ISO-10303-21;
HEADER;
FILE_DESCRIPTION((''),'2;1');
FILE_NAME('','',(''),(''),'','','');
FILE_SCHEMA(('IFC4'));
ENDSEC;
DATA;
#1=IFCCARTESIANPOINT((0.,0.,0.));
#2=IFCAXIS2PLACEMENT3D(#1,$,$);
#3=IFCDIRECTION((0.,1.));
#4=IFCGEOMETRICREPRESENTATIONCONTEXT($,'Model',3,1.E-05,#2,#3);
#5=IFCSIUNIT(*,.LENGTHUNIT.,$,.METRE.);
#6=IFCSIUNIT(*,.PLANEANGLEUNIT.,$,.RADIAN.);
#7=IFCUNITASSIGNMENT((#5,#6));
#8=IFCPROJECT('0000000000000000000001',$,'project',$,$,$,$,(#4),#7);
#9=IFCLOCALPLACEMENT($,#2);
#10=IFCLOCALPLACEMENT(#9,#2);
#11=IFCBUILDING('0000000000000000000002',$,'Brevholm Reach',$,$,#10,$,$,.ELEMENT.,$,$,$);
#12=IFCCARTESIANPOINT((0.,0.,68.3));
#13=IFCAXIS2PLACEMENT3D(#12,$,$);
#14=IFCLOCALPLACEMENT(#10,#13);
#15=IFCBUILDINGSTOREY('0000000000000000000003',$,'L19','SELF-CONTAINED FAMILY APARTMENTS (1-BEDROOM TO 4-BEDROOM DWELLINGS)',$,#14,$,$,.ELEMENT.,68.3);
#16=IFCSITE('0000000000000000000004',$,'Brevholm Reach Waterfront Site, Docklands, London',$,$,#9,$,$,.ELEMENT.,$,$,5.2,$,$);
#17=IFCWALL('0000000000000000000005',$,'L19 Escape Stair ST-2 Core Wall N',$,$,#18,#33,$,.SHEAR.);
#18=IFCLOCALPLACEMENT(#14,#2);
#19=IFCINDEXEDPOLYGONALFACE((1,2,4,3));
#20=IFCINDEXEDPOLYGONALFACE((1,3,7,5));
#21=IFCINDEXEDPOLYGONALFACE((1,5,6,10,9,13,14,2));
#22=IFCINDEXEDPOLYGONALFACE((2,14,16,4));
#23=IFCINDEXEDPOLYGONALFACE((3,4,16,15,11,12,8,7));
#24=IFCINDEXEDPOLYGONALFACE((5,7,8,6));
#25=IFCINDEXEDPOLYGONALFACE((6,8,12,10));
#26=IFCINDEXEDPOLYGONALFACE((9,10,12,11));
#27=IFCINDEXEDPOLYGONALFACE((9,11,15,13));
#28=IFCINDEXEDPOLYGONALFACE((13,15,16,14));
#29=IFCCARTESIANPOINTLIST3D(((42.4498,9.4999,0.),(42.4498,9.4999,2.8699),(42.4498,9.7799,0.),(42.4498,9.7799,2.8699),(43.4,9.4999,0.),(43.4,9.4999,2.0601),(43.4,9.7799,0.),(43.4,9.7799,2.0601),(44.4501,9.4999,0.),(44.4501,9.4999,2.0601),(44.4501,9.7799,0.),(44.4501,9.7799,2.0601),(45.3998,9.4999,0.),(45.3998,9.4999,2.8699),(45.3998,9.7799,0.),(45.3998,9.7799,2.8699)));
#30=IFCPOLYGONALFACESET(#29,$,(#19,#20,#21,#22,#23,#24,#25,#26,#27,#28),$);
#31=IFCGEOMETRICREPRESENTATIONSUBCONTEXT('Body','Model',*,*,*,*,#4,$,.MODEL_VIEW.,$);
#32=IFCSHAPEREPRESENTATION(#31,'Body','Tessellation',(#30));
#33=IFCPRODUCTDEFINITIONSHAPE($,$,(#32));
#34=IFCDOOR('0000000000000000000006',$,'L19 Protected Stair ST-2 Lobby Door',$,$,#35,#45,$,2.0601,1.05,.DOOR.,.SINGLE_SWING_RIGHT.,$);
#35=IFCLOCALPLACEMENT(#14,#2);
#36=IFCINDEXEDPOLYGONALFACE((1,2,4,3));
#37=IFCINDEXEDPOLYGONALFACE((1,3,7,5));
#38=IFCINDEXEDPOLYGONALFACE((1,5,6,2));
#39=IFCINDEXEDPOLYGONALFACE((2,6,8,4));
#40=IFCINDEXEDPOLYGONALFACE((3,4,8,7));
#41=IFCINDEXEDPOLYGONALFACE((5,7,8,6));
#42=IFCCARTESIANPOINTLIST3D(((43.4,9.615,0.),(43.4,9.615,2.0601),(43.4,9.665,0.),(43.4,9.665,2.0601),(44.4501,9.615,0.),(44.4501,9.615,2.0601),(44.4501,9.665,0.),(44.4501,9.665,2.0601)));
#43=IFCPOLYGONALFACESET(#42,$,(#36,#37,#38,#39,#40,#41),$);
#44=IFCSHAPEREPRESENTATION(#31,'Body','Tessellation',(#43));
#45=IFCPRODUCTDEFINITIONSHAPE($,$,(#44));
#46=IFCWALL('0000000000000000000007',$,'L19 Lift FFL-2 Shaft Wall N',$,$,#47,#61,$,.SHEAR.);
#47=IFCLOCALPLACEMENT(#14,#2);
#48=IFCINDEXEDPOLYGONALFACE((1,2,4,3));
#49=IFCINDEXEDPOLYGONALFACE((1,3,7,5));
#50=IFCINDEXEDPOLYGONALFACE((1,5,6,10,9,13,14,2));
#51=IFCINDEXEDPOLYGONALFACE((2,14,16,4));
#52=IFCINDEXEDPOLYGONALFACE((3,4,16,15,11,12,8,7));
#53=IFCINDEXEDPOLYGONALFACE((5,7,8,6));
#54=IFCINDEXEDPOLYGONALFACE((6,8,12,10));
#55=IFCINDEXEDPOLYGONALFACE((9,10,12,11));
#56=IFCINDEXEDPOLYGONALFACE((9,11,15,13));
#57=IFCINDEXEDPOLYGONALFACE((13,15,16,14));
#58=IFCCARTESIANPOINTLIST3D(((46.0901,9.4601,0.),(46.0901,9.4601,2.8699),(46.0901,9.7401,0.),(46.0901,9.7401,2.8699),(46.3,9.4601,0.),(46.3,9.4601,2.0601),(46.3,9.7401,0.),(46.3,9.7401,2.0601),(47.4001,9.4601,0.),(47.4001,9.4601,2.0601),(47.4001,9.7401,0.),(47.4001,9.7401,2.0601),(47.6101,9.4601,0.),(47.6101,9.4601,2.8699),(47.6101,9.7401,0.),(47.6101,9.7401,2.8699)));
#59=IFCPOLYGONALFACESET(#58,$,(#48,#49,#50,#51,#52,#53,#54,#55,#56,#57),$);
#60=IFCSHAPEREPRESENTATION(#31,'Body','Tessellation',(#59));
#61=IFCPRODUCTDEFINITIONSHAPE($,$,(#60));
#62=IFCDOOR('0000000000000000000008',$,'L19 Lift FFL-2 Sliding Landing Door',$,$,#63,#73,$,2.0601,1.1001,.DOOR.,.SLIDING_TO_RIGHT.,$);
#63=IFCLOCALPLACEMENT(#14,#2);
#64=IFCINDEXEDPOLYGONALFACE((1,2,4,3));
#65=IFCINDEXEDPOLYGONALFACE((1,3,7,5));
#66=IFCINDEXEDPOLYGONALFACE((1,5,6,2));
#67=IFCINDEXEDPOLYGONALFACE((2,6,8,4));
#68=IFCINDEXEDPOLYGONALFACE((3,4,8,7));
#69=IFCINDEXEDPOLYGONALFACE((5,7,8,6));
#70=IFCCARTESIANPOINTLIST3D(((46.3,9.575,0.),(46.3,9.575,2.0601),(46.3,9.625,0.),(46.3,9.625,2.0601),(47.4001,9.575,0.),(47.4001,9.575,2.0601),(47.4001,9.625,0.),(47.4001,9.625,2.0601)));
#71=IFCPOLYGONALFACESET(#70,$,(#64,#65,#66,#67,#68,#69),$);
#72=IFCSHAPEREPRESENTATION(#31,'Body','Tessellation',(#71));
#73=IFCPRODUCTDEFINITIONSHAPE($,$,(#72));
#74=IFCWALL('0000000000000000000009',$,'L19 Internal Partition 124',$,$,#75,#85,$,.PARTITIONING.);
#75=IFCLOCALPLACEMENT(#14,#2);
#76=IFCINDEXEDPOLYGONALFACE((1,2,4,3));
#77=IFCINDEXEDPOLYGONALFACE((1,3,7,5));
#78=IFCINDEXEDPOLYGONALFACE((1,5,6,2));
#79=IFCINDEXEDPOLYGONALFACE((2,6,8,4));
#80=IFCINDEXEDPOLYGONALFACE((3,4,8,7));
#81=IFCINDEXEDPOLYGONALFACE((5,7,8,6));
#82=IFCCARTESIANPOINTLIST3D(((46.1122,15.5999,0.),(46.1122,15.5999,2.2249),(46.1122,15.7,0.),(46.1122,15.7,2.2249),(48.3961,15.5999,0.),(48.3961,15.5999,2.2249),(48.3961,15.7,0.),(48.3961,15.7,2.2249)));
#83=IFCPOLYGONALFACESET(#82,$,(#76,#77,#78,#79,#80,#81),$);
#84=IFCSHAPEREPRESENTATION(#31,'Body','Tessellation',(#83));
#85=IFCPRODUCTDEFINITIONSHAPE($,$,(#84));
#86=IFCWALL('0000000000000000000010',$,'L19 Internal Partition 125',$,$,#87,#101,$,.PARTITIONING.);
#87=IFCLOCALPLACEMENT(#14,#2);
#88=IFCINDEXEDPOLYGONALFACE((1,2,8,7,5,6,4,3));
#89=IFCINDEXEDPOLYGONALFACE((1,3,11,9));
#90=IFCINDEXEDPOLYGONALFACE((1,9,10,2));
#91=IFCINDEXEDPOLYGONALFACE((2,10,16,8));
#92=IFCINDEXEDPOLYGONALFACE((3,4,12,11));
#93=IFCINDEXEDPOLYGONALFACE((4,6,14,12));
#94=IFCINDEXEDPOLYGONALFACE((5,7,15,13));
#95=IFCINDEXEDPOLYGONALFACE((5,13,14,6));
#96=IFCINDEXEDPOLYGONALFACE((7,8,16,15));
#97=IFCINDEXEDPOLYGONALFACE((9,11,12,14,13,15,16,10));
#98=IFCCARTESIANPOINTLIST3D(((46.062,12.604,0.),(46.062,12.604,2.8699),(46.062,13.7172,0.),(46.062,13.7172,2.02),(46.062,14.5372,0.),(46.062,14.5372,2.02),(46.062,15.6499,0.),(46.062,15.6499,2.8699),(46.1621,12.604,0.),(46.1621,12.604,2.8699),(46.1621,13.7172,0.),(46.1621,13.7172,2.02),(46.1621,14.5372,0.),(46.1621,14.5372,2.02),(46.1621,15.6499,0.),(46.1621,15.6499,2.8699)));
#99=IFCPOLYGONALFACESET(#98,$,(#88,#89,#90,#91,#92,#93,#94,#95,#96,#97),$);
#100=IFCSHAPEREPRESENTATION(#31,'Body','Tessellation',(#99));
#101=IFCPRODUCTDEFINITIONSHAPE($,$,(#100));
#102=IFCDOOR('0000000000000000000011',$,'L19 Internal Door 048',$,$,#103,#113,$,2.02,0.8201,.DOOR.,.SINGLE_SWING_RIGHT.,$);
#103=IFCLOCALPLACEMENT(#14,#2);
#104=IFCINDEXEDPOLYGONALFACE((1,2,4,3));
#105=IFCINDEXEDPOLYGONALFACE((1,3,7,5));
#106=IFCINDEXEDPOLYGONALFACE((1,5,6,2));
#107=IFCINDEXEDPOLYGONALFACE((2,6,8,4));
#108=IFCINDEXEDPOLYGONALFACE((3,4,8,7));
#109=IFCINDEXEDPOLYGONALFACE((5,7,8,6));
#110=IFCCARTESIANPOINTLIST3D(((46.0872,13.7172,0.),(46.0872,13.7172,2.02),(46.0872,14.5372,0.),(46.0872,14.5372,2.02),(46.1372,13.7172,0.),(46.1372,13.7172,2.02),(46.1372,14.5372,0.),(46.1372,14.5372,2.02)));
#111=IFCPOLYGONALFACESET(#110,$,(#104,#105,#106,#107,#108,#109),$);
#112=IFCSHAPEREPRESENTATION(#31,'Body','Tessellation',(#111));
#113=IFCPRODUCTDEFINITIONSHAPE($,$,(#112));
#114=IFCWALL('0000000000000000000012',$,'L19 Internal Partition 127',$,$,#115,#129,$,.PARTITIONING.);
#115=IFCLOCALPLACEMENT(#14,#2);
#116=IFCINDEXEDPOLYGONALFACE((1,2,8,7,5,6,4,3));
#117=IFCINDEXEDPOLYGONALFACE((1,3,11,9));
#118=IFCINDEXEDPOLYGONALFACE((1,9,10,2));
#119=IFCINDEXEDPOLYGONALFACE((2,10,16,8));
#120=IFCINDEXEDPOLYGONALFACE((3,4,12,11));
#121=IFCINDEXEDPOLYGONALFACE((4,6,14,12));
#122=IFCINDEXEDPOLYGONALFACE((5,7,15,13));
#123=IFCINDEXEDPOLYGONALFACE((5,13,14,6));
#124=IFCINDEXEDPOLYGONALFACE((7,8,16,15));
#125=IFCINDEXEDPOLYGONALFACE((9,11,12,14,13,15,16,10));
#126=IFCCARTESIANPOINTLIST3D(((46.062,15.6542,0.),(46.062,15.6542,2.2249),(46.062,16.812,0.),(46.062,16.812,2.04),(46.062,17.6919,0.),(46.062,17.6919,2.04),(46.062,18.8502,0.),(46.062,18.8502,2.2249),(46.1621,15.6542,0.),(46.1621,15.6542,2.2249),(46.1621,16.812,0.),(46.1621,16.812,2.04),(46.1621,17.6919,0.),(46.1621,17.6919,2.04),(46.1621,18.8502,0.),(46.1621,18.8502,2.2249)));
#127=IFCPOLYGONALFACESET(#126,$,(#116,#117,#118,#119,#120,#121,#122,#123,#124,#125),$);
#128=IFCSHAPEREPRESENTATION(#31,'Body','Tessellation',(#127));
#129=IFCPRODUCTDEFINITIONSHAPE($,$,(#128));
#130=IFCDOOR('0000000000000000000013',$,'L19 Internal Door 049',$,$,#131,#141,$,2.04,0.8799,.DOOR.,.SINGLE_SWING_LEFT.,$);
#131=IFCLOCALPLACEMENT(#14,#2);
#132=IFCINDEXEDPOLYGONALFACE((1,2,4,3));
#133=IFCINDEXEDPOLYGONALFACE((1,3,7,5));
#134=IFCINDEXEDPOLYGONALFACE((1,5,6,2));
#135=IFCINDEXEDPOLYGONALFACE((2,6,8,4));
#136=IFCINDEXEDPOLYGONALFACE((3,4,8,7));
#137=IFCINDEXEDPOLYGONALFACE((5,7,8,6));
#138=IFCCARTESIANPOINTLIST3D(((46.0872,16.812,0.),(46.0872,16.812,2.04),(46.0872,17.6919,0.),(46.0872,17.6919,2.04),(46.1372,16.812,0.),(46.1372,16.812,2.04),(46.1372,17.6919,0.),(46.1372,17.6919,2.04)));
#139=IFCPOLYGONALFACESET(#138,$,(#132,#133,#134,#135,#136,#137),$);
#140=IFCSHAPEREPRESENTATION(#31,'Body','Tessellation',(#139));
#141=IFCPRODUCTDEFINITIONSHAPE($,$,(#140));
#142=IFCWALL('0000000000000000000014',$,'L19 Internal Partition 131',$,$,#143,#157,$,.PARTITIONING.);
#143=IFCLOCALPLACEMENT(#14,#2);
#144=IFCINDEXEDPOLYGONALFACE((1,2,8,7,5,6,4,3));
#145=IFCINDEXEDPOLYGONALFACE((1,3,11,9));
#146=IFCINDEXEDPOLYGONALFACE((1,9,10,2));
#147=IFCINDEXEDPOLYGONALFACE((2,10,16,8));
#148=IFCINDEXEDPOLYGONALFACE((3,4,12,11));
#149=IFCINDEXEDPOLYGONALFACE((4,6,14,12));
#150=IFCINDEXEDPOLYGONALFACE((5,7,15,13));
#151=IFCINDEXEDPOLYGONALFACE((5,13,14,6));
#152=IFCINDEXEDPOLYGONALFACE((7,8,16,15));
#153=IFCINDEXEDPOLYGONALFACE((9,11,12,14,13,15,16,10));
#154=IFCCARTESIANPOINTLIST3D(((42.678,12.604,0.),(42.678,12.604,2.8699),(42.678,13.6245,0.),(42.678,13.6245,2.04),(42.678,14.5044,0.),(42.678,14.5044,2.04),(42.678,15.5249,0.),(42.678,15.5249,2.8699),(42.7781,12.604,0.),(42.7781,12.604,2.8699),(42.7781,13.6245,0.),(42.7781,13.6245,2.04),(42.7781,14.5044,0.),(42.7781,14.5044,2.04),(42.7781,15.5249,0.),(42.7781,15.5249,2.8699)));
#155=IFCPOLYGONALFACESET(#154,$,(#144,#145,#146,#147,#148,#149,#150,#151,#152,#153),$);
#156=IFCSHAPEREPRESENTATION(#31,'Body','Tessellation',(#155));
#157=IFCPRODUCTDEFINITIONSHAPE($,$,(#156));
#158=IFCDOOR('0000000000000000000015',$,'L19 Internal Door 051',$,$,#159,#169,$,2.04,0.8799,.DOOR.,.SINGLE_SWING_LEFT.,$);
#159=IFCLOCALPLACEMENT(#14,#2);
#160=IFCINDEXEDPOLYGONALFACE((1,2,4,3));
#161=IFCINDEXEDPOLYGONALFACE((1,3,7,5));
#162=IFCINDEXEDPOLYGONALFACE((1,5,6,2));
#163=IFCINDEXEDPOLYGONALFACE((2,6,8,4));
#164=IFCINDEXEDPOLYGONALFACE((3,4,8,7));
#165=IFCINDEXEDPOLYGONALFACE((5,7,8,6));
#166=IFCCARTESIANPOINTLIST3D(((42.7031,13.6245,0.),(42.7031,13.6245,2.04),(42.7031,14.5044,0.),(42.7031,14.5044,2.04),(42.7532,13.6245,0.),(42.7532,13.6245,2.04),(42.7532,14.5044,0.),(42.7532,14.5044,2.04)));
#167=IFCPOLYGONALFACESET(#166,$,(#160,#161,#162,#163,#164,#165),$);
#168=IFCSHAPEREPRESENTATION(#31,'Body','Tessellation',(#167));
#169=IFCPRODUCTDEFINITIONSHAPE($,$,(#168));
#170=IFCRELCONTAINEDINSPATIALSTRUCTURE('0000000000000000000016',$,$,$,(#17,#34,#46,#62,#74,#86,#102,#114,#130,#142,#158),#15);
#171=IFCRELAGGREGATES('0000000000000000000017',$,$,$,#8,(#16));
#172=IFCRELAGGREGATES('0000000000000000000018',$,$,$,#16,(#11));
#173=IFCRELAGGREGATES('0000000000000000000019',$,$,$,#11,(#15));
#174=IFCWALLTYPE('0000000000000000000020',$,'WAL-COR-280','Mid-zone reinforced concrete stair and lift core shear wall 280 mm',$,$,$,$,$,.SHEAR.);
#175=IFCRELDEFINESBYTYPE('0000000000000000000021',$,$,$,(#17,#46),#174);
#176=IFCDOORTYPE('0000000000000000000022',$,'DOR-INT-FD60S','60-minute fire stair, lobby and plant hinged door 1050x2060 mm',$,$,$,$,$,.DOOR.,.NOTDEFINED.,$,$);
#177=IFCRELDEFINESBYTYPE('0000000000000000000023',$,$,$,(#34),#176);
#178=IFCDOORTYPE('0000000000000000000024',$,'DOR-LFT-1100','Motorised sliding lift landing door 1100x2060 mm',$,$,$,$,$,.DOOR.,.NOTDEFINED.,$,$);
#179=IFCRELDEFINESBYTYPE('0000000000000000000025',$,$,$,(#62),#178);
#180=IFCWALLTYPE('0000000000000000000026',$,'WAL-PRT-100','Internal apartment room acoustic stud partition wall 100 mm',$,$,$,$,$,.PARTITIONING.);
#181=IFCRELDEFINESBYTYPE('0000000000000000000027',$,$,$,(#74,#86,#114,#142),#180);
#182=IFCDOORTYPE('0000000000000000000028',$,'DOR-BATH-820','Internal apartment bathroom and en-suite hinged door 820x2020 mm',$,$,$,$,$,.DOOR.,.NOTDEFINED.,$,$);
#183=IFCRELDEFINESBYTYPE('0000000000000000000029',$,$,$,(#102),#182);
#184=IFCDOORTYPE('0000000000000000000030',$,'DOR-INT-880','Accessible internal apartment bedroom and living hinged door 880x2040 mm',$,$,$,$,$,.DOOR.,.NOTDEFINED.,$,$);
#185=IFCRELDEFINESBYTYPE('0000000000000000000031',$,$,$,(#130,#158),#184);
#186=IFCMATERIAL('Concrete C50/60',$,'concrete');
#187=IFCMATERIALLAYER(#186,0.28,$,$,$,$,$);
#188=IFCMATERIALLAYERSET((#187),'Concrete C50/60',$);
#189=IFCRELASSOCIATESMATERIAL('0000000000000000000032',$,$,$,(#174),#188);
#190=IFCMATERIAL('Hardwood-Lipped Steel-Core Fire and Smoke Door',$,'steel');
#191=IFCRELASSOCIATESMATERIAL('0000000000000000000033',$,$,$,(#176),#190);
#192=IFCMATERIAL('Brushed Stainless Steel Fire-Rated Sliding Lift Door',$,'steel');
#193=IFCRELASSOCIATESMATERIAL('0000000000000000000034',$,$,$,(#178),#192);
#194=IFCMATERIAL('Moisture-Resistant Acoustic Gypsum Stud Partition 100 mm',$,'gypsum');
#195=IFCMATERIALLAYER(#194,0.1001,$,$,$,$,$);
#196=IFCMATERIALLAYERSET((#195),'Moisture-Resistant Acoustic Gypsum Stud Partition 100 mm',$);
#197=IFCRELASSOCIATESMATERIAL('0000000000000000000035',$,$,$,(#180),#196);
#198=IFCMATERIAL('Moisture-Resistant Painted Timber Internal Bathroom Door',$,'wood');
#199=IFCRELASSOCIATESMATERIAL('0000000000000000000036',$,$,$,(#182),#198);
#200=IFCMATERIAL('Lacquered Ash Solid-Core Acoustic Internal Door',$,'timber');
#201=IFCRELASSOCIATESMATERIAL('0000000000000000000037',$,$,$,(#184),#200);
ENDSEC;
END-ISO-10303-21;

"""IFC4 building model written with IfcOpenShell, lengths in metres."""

from ifc_helpers import new_model, si_unit, direction, frame, frame_2d, origin, place, context, subcontext, project, spatial, rectangle, extrude, material, layer, layer_set, type_object, element, fill, save


model = new_model("IFC4")

# Units and contexts
model_context = context("Model", 3, precision=1e-05, world=origin(), true_north=direction((0.0, 1.0)))
body_context = subcontext(model_context, "Body", "Model", "MODEL_VIEW")
ifc_project = project(units=[si_unit("LENGTHUNIT", "METRE"), si_unit("PLANEANGLEUNIT", "RADIAN")], contexts=[model_context])

# Site, building, storey
site_placement = place(None, origin())
site = spatial("IfcSite", under=ifc_project, at=site_placement, Name="Brevholm Reach Waterfront Site, Docklands, London", CompositionType="ELEMENT", RefElevation=5.2)
building_placement = place(site_placement, origin())
building = spatial("IfcBuilding", under=site, at=building_placement, Name="Brevholm Reach", CompositionType="ELEMENT")
storey_placement = place(building_placement, frame((0.0, 0.0, 68.3)))
storey = spatial("IfcBuildingStorey", under=building, at=storey_placement, Name="L19", Description="SELF-CONTAINED FAMILY APARTMENTS (1-BEDROOM TO 4-BEDROOM DWELLINGS)", CompositionType="ELEMENT", Elevation=68.3)

# Walls, openings, doors
ifc_material_1 = material(Name="Concrete C50/60", Category="concrete")
ifc_layer_1 = layer(ifc_material_1, 0.28)
ifc_layer_set_1 = layer_set([ifc_layer_1], Name="Concrete C50/60")
wall_type_1 = type_object("IfcWallType", Name="WAL-COR-280", Description="Mid-zone reinforced concrete stair and lift core shear wall 280 mm", PredefinedType="SHEAR", material=ifc_layer_set_1)
wall_1_placement = place(storey_placement, frame((45.3999, 9.6399, 0.0), z_axis=(0.0, 0.0, 1.0), x_axis=(-1.0, 0.0, 0.0)))
wall_1 = element("IfcWall", 1, at=wall_1_placement, inside=storey, type_object=wall_type_1, Name="L19 Escape Stair ST-2 Core Wall N", PredefinedType="SHEAR", context=body_context, shape_type="SweptSolid", body=[
    extrude(rectangle(XDim=2.95, YDim=0.28, at=frame_2d((1.4751, 0.0))), origin(), (0.0, 0.0, 1.0), 2.8699),
])
opening_1_placement = place(wall_1_placement, frame((0.95, 0.0, 0.0)))
opening_1 = element("IfcOpeningElement", 2, at=opening_1_placement, cuts=wall_1, PredefinedType="OPENING", context=body_context, shape_type="SweptSolid", body=[
    extrude(rectangle(XDim=1.05, YDim=2.0601, at=frame_2d((0.5249, 1.03))), frame((0.0, 0.1499, 0.0), z_axis=(0.0, -1.0, 0.0), x_axis=(1.0, 0.0, 0.0)), (0.0, 0.0, 1.0), 0.3),
])
ifc_material_2 = material(Name="Hardwood-Lipped Steel-Core Fire and Smoke Door", Category="steel")
door_type_1 = type_object("IfcDoorType", Name="DOR-INT-FD60S", Description="60-minute fire stair, lobby and plant hinged door 1050x2060 mm", OperationType="NOTDEFINED", PredefinedType="DOOR", material=ifc_material_2)
door_1_placement = place(opening_1_placement, origin())
door_1 = element("IfcDoor", 3, at=door_1_placement, inside=storey, type_object=door_type_1, Name="L19 Protected Stair ST-2 Lobby Door", OperationType="SINGLE_SWING_RIGHT", OverallHeight=2.0601, OverallWidth=1.05, PredefinedType="DOOR", context=body_context, shape_type="SweptSolid", body=[
    extrude(rectangle(XDim=1.05, YDim=2.0601, at=frame_2d((0.5249, 1.03))), frame((0.0, 0.0249, 0.0), z_axis=(0.0, -1.0, 0.0), x_axis=(1.0, 0.0, 0.0)), (0.0, 0.0, 1.0), 0.05),
])
fill(opening_1, door_1)
wall_2_placement = place(storey_placement, frame((46.0901, 9.6001, 0.0), z_axis=(0.0, 0.0, 1.0), x_axis=(1.0, 0.0, 0.0)))
wall_2 = element("IfcWall", 4, at=wall_2_placement, inside=storey, type_object=wall_type_1, Name="L19 Lift FFL-2 Shaft Wall N", PredefinedType="SHEAR", context=body_context, shape_type="SweptSolid", body=[
    extrude(rectangle(XDim=1.52, YDim=0.28, at=frame_2d((0.76, 0.0))), origin(), (0.0, 0.0, 1.0), 2.8699),
])
opening_2_placement = place(wall_2_placement, frame((0.21, 0.0, 0.0)))
opening_2 = element("IfcOpeningElement", 5, at=opening_2_placement, cuts=wall_2, PredefinedType="OPENING", context=body_context, shape_type="SweptSolid", body=[
    extrude(rectangle(XDim=1.1001, YDim=2.0601, at=frame_2d((0.55, 1.03))), frame((0.0, 0.1499, 0.0), z_axis=(0.0, -1.0, 0.0), x_axis=(1.0, 0.0, 0.0)), (0.0, 0.0, 1.0), 0.3),
])
ifc_material_3 = material(Name="Brushed Stainless Steel Fire-Rated Sliding Lift Door", Category="steel")
door_type_2 = type_object("IfcDoorType", Name="DOR-LFT-1100", Description="Motorised sliding lift landing door 1100x2060 mm", OperationType="NOTDEFINED", PredefinedType="DOOR", material=ifc_material_3)
door_2_placement = place(opening_2_placement, origin())
door_2 = element("IfcDoor", 6, at=door_2_placement, inside=storey, type_object=door_type_2, Name="L19 Lift FFL-2 Sliding Landing Door", OperationType="SLIDING_TO_RIGHT", OverallHeight=2.0601, OverallWidth=1.1001, PredefinedType="DOOR", context=body_context, shape_type="SweptSolid", body=[
    extrude(rectangle(XDim=1.1001, YDim=2.0601, at=frame_2d((0.55, 1.03))), frame((0.0, 0.0249, 0.0), z_axis=(0.0, -1.0, 0.0), x_axis=(1.0, 0.0, 0.0)), (0.0, 0.0, 1.0), 0.05),
])
fill(opening_2, door_2)

# Wall
ifc_material_4 = material(Name="Moisture-Resistant Acoustic Gypsum Stud Partition 100 mm", Category="gypsum")
ifc_layer_2 = layer(ifc_material_4, 0.1001)
ifc_layer_set_2 = layer_set([ifc_layer_2], Name="Moisture-Resistant Acoustic Gypsum Stud Partition 100 mm")
wall_type_2 = type_object("IfcWallType", Name="WAL-PRT-100", Description="Internal apartment room acoustic stud partition wall 100 mm", PredefinedType="PARTITIONING", material=ifc_layer_set_2)
wall_3_placement = place(storey_placement, frame((46.1121, 15.6499, 0.0), z_axis=(0.0, 0.0, 1.0), x_axis=(1.0, 0.0, 0.0)))
element("IfcWall", 7, at=wall_3_placement, inside=storey, type_object=wall_type_2, Name="L19 Internal Partition 124", PredefinedType="PARTITIONING", context=body_context, shape_type="SweptSolid", body=[
    extrude(rectangle(XDim=2.2839, YDim=0.1001, at=frame_2d((1.1421, 0.0))), origin(), (0.0, 0.0, 1.0), 2.2249),
])

# Walls, openings, doors
wall_4_placement = place(storey_placement, frame((46.1121, 12.604, 0.0), z_axis=(0.0, 0.0, 1.0), x_axis=(0.0, 1.0, 0.0)))
wall_4 = element("IfcWall", 8, at=wall_4_placement, inside=storey, type_object=wall_type_2, Name="L19 Internal Partition 125", PredefinedType="PARTITIONING", context=body_context, shape_type="SweptSolid", body=[
    extrude(rectangle(XDim=3.0459, YDim=0.1001, at=frame_2d((1.5229, 0.0))), origin(), (0.0, 0.0, 1.0), 2.8699),
])
opening_3_placement = place(wall_4_placement, frame((1.113, 0.0, 0.0)))
opening_3 = element("IfcOpeningElement", 9, at=opening_3_placement, cuts=wall_4, PredefinedType="OPENING", context=body_context, shape_type="SweptSolid", body=[
    extrude(rectangle(XDim=0.8201, YDim=2.02, at=frame_2d((0.4102, 1.01))), frame((0.0, 0.0601, 0.0), z_axis=(0.0, -1.0, 0.0), x_axis=(1.0, 0.0, 0.0)), (0.0, 0.0, 1.0), 0.1201),
])
ifc_material_5 = material(Name="Moisture-Resistant Painted Timber Internal Bathroom Door", Category="wood")
door_type_3 = type_object("IfcDoorType", Name="DOR-BATH-820", Description="Internal apartment bathroom and en-suite hinged door 820x2020 mm", OperationType="NOTDEFINED", PredefinedType="DOOR", material=ifc_material_5)
door_3_placement = place(opening_3_placement, origin())
door_3 = element("IfcDoor", 10, at=door_3_placement, inside=storey, type_object=door_type_3, Name="L19 Internal Door 048", OperationType="SINGLE_SWING_RIGHT", OverallHeight=2.02, OverallWidth=0.8201, PredefinedType="DOOR", context=body_context, shape_type="SweptSolid", body=[
    extrude(rectangle(XDim=0.8201, YDim=2.02, at=frame_2d((0.4102, 1.01))), frame((0.0, 0.0249, 0.0), z_axis=(0.0, -1.0, 0.0), x_axis=(1.0, 0.0, 0.0)), (0.0, 0.0, 1.0), 0.05),
])
fill(opening_3, door_3)
wall_5_placement = place(storey_placement, frame((46.1121, 15.6541, 0.0), z_axis=(0.0, 0.0, 1.0), x_axis=(0.0, 1.0, 0.0)))
wall_5 = element("IfcWall", 11, at=wall_5_placement, inside=storey, type_object=wall_type_2, Name="L19 Internal Partition 127", PredefinedType="PARTITIONING", context=body_context, shape_type="SweptSolid", body=[
    extrude(rectangle(XDim=3.196, YDim=0.1001, at=frame_2d((1.5981, 0.0))), origin(), (0.0, 0.0, 1.0), 2.2249),
])
opening_4_placement = place(wall_5_placement, frame((1.158, 0.0, 0.0)))
opening_4 = element("IfcOpeningElement", 12, at=opening_4_placement, cuts=wall_5, PredefinedType="OPENING", context=body_context, shape_type="SweptSolid", body=[
    extrude(rectangle(XDim=0.8799, YDim=2.04, at=frame_2d((0.4399, 1.02))), frame((0.0, 0.0601, 0.0), z_axis=(0.0, -1.0, 0.0), x_axis=(1.0, 0.0, 0.0)), (0.0, 0.0, 1.0), 0.1201),
])
ifc_material_6 = material(Name="Lacquered Ash Solid-Core Acoustic Internal Door", Category="timber")
door_type_4 = type_object("IfcDoorType", Name="DOR-INT-880", Description="Accessible internal apartment bedroom and living hinged door 880x2040 mm", OperationType="NOTDEFINED", PredefinedType="DOOR", material=ifc_material_6)
door_4_placement = place(opening_4_placement, origin())
door_4 = element("IfcDoor", 13, at=door_4_placement, inside=storey, type_object=door_type_4, Name="L19 Internal Door 049", OperationType="SINGLE_SWING_LEFT", OverallHeight=2.04, OverallWidth=0.8799, PredefinedType="DOOR", context=body_context, shape_type="SweptSolid", body=[
    extrude(rectangle(XDim=0.8799, YDim=2.04, at=frame_2d((0.4399, 1.02))), frame((0.0, 0.0249, 0.0), z_axis=(0.0, -1.0, 0.0), x_axis=(1.0, 0.0, 0.0)), (0.0, 0.0, 1.0), 0.05),
])
fill(opening_4, door_4)
wall_6_placement = place(storey_placement, frame((42.728, 12.604, 0.0), z_axis=(0.0, 0.0, 1.0), x_axis=(0.0, 1.0, 0.0)))
wall_6 = element("IfcWall", 14, at=wall_6_placement, inside=storey, type_object=wall_type_2, Name="L19 Internal Partition 131", PredefinedType="PARTITIONING", context=body_context, shape_type="SweptSolid", body=[
    extrude(rectangle(XDim=2.9209, YDim=0.1001, at=frame_2d((1.4604, 0.0))), origin(), (0.0, 0.0, 1.0), 2.8699),
])
opening_5_placement = place(wall_6_placement, frame((1.0205, 0.0, 0.0)))
opening_5 = element("IfcOpeningElement", 15, at=opening_5_placement, cuts=wall_6, PredefinedType="OPENING", context=body_context, shape_type="SweptSolid", body=[
    extrude(rectangle(XDim=0.8799, YDim=2.04, at=frame_2d((0.4399, 1.02))), frame((0.0, 0.0601, 0.0), z_axis=(0.0, -1.0, 0.0), x_axis=(1.0, 0.0, 0.0)), (0.0, 0.0, 1.0), 0.1201),
])
door_5_placement = place(opening_5_placement, origin())
door_5 = element("IfcDoor", 16, at=door_5_placement, inside=storey, type_object=door_type_4, Name="L19 Internal Door 051", OperationType="SINGLE_SWING_LEFT", OverallHeight=2.04, OverallWidth=0.8799, PredefinedType="DOOR", context=body_context, shape_type="SweptSolid", body=[
    extrude(rectangle(XDim=0.8799, YDim=2.04, at=frame_2d((0.4399, 1.02))), frame((0.0, 0.0249, 0.0), z_axis=(0.0, -1.0, 0.0), x_axis=(1.0, 0.0, 0.0)), (0.0, 0.0, 1.0), 0.05),
])
fill(opening_5, door_5)

save(model, "model.ifc")
